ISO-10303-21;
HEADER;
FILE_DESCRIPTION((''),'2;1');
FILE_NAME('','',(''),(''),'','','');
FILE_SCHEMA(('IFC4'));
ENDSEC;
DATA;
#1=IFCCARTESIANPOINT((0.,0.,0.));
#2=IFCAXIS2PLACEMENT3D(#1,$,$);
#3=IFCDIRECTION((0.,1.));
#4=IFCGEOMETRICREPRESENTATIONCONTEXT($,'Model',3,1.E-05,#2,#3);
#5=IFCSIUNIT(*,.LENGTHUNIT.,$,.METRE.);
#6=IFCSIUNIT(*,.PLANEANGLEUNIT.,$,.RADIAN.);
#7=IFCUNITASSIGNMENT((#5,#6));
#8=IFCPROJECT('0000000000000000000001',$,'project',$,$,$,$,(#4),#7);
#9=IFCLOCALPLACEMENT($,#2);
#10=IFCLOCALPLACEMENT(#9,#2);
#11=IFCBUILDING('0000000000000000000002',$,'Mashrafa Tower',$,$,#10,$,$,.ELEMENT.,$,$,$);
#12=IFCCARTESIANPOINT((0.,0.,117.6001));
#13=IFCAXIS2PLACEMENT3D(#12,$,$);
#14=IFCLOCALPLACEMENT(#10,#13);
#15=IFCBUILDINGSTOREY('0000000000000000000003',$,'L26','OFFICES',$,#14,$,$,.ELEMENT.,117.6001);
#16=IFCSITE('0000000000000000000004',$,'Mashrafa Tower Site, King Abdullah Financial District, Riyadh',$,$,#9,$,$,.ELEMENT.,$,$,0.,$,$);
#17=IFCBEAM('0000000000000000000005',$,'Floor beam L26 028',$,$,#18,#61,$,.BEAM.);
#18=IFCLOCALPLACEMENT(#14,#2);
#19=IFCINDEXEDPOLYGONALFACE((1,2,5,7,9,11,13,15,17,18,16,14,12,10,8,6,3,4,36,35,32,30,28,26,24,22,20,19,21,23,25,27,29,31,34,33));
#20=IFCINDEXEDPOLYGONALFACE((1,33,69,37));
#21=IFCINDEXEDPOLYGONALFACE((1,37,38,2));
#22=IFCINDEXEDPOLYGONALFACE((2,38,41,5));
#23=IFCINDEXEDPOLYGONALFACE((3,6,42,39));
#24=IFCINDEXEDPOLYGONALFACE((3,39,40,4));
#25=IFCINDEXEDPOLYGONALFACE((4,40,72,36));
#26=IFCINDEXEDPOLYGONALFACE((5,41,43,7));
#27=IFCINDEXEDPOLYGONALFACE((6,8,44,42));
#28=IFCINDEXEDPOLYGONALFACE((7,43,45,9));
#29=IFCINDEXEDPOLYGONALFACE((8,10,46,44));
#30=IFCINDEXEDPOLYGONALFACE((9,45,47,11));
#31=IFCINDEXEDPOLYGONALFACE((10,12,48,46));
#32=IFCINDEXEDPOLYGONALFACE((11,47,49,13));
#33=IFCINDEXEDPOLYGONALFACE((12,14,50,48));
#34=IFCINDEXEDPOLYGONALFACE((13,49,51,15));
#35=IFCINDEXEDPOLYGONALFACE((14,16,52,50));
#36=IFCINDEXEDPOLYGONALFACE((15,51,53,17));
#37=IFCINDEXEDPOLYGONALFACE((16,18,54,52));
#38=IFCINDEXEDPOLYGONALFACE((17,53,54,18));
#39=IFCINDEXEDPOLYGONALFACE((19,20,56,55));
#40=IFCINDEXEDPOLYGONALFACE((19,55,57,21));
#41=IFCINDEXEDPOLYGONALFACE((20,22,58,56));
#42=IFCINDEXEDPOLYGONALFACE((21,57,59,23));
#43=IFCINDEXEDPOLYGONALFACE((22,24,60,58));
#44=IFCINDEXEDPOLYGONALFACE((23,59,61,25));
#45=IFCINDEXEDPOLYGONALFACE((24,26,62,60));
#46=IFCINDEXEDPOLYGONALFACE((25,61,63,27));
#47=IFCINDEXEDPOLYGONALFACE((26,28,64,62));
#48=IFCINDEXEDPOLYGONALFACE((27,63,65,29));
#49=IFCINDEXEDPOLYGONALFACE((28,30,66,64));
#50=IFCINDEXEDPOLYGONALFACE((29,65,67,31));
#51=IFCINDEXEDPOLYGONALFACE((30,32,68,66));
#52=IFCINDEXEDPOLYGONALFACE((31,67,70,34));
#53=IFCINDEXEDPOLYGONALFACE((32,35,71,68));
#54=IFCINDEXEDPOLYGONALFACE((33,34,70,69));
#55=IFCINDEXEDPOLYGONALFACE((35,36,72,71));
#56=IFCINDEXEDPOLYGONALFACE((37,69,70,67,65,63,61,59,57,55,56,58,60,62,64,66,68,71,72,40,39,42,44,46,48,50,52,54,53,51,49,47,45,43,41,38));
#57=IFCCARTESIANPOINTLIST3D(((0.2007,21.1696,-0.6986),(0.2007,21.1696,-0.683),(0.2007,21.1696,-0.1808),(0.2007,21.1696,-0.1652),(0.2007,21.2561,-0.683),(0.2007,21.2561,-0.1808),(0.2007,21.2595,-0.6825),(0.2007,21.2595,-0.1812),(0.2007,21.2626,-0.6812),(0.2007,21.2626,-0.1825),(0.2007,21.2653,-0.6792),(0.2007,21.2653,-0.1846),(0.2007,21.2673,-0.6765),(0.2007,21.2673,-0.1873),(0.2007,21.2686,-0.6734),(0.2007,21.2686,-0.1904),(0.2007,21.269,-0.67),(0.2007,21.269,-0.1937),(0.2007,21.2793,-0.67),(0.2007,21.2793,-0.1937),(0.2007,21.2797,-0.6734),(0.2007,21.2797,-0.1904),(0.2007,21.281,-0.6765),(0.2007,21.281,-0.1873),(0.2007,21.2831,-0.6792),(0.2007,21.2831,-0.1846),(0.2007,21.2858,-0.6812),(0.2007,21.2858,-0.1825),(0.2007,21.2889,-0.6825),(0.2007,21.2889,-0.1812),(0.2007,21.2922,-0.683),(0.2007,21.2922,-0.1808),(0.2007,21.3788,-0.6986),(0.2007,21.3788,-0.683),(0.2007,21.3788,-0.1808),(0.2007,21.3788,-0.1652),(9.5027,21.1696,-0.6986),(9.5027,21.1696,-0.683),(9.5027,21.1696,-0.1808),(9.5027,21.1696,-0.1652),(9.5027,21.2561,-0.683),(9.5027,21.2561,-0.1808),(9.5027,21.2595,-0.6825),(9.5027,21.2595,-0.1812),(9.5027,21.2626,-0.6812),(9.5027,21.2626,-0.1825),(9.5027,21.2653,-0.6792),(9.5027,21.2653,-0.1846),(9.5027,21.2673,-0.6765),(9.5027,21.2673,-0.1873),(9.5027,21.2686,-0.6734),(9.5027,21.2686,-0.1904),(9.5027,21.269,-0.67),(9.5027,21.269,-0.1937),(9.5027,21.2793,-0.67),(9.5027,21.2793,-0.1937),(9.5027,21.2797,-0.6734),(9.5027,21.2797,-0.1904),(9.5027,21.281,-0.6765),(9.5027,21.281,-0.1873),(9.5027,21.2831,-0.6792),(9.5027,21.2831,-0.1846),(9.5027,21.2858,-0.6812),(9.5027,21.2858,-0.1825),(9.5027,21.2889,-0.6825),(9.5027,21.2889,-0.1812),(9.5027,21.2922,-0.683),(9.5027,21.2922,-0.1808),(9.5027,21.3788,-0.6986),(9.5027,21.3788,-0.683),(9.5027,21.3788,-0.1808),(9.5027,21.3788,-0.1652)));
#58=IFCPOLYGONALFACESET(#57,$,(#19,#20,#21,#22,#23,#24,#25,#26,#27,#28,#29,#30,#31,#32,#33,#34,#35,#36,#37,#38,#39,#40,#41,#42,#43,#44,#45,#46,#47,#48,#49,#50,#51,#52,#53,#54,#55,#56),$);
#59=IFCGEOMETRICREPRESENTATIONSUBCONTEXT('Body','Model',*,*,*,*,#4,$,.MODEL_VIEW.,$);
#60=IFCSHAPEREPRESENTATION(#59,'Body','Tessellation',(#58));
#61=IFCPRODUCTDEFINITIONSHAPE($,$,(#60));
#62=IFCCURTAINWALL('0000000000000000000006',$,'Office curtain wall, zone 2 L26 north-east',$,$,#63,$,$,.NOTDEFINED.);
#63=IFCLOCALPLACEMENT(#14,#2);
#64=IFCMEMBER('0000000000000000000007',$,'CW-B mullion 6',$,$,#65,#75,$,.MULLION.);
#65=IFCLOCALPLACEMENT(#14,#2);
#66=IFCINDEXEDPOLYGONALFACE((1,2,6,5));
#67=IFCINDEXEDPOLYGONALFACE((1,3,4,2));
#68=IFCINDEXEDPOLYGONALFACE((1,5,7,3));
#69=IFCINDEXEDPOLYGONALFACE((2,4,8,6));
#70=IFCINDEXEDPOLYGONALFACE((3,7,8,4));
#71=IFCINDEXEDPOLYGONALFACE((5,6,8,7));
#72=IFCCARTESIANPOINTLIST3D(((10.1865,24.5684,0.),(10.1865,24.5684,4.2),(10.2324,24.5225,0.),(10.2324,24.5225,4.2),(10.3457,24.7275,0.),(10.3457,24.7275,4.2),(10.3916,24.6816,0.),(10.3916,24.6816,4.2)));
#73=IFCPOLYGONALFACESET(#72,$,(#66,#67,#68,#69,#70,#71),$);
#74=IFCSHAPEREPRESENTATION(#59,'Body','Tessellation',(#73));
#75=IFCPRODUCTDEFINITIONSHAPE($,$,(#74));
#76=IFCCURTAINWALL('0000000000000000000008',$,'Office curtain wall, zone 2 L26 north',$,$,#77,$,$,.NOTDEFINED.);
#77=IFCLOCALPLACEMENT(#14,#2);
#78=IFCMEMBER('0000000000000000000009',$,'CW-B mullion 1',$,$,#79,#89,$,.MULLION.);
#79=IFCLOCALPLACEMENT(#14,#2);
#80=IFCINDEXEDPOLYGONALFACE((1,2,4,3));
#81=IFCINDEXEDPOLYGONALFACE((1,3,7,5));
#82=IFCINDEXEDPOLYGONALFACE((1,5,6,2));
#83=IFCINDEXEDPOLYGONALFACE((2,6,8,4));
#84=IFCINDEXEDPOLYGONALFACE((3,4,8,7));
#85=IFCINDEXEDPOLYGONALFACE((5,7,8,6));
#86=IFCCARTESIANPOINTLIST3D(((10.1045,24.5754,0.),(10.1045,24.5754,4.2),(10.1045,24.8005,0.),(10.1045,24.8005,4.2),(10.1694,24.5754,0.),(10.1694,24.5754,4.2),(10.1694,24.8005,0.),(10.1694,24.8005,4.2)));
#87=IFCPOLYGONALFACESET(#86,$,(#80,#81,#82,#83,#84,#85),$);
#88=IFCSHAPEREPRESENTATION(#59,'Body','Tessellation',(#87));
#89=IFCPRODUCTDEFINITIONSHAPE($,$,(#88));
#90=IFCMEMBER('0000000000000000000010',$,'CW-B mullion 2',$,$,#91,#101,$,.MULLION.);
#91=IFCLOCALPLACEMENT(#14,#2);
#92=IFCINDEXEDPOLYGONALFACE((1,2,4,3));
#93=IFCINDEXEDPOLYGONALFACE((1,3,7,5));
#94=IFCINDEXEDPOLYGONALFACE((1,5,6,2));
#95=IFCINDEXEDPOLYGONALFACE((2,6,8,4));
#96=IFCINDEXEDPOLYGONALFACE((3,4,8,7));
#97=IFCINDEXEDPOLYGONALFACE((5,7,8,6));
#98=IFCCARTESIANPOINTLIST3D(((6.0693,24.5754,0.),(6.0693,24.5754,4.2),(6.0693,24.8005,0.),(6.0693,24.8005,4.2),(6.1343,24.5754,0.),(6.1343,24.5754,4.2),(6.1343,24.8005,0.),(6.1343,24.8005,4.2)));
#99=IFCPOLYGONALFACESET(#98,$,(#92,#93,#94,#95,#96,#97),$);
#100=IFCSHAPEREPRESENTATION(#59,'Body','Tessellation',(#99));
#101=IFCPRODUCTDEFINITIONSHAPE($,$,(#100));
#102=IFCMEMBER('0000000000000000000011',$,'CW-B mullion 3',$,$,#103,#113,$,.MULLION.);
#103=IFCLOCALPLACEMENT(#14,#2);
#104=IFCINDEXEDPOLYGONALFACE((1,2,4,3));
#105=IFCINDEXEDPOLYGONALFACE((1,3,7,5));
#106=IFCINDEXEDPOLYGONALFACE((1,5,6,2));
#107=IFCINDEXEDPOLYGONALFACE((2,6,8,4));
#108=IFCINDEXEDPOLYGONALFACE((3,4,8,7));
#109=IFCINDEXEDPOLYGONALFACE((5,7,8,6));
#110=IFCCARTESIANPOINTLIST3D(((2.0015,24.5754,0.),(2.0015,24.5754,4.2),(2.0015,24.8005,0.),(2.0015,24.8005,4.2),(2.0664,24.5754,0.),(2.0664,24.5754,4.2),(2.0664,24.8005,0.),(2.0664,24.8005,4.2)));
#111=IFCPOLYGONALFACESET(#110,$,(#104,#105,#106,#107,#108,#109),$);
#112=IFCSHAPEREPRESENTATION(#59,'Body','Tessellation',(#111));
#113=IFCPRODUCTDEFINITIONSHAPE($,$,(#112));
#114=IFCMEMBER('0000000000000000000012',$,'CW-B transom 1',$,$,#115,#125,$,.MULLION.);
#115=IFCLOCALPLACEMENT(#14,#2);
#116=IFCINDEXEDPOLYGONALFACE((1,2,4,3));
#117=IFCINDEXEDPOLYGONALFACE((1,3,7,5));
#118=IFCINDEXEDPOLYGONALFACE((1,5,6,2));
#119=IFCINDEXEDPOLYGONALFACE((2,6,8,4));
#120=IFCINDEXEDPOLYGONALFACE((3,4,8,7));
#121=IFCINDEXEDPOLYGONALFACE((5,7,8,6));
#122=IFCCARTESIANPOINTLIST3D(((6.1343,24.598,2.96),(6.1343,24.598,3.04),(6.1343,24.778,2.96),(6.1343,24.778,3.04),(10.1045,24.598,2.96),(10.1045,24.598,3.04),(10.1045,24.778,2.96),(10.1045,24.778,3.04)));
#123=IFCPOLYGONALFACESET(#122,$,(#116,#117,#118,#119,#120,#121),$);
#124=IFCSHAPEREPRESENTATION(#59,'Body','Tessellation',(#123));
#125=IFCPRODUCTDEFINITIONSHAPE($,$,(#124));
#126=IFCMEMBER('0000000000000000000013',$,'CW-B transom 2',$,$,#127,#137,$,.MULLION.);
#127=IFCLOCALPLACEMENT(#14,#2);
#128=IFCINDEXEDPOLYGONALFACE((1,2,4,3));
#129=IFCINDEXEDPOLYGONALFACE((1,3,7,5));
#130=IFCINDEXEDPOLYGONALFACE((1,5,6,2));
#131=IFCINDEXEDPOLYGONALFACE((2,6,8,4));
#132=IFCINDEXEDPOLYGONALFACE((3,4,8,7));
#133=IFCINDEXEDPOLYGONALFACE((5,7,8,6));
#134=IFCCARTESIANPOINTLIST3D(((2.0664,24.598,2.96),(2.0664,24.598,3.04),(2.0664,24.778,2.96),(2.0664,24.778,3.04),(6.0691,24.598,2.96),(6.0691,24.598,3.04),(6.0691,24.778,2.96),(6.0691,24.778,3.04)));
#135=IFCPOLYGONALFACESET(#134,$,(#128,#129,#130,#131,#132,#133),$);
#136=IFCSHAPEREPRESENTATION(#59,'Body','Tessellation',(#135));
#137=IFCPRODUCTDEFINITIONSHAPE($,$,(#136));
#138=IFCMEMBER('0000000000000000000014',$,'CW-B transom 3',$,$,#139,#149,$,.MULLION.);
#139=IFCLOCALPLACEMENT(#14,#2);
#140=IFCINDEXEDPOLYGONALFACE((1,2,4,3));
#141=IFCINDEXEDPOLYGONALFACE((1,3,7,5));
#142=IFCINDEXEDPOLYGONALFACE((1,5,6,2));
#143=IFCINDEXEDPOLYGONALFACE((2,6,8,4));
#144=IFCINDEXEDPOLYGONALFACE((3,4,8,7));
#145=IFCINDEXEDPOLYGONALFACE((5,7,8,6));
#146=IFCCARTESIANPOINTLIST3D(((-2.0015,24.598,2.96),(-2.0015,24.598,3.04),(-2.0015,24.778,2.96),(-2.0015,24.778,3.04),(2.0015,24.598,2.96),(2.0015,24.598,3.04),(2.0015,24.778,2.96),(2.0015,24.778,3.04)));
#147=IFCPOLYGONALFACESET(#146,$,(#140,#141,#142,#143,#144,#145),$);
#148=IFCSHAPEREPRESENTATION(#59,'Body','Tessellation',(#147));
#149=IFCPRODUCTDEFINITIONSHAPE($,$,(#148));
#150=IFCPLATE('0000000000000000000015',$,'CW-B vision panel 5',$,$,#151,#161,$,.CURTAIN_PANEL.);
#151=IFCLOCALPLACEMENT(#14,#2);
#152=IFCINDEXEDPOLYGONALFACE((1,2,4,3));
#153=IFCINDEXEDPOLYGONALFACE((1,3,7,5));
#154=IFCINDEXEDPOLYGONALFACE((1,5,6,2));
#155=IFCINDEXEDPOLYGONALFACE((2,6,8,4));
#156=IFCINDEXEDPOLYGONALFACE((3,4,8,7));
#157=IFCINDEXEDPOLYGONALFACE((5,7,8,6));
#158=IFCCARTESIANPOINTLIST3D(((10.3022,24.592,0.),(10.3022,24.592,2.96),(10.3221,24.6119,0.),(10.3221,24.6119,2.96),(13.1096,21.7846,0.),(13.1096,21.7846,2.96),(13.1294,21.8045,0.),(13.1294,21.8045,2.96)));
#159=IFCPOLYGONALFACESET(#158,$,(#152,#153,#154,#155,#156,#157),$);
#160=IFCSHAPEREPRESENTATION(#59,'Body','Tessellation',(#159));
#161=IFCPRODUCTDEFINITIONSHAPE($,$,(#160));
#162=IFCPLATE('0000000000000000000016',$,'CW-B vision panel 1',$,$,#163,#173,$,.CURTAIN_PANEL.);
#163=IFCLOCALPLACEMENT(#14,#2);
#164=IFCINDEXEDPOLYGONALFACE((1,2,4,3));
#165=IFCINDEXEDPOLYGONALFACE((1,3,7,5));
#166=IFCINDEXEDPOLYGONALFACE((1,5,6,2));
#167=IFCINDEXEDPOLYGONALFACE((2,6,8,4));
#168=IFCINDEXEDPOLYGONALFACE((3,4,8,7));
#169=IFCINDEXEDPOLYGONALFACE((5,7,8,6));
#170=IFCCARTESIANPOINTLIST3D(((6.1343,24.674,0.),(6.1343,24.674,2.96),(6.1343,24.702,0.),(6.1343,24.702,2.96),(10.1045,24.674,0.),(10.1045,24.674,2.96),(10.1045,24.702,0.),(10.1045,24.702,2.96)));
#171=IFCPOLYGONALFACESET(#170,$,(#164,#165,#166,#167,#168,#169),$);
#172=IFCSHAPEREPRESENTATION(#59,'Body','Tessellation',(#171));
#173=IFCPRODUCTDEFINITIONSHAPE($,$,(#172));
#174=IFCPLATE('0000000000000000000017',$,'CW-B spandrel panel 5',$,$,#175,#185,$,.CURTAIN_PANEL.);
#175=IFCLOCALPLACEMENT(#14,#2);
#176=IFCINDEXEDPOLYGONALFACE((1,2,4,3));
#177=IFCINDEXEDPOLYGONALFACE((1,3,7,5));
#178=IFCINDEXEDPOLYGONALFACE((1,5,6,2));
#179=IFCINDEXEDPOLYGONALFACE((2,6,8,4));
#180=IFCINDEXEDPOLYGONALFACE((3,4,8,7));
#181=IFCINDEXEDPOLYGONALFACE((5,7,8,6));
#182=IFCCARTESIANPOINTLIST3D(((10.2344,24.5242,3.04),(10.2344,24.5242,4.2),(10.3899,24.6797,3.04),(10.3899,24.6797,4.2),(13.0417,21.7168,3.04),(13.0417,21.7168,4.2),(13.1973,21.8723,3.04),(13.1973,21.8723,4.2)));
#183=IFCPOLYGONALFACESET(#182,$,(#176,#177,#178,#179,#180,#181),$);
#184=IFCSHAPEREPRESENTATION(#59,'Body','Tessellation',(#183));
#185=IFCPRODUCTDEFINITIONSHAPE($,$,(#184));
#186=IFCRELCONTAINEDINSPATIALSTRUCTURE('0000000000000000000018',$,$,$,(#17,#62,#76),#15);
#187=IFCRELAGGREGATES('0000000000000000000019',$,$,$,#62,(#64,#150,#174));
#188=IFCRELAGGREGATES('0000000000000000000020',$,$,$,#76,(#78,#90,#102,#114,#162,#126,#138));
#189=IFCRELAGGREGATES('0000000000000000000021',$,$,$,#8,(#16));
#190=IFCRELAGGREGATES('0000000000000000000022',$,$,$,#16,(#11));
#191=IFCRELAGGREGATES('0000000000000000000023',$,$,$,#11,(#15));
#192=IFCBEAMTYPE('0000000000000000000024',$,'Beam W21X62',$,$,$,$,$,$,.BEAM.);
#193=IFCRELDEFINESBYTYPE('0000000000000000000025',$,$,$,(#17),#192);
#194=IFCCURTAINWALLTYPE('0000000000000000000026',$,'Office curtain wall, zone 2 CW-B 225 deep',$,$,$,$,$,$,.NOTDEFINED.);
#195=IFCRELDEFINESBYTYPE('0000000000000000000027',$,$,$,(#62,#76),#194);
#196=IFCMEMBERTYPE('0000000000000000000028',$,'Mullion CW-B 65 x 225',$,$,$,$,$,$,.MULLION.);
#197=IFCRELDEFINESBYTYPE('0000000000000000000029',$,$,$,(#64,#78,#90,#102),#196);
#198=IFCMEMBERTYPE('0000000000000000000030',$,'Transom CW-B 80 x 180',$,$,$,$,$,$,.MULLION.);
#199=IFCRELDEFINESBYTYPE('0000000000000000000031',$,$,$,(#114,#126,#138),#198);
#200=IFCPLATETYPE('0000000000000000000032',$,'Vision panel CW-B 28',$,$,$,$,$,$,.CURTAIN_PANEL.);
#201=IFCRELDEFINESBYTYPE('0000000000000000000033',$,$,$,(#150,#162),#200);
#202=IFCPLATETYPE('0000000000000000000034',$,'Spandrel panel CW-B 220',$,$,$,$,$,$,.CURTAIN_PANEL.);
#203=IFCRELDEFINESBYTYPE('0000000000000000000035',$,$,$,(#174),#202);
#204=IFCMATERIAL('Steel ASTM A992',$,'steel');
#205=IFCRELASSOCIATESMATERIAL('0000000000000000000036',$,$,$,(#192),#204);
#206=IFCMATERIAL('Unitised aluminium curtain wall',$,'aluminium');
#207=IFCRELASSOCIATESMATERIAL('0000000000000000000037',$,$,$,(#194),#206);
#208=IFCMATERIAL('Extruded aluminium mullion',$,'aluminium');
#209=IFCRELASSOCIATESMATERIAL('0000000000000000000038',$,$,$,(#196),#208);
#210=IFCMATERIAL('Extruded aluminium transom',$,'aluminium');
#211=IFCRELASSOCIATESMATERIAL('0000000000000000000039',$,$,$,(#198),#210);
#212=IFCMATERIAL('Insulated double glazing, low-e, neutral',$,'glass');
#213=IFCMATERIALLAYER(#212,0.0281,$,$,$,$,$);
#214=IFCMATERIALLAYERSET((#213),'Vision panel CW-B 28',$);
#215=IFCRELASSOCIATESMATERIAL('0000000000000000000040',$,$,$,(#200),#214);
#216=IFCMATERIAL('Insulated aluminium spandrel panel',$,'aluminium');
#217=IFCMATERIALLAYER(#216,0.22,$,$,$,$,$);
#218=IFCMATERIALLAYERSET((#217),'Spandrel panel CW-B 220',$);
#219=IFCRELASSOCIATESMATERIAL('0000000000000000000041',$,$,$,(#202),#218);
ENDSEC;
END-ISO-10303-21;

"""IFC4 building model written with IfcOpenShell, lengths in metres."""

from ifc_helpers import new_model, si_unit, direction, frame, origin, origin_2d, place, context, subcontext, project, spatial, rectangle, i_section, extrude, source, transform, mapped, material, layer, layer_set, material_profile, profile_set, type_object, type_shapes, element, aggregate, save


model = new_model("IFC4")

# Units and contexts
model_context = context("Model", 3, precision=1e-05, world=origin(), true_north=direction((0.0, 1.0)))
body_context = subcontext(model_context, "Body", "Model", "MODEL_VIEW")
ifc_project = project(units=[si_unit("LENGTHUNIT", "METRE"), si_unit("PLANEANGLEUNIT", "RADIAN")], contexts=[model_context])

# Site, building, storey
site_placement = place(None, origin())
site = spatial("IfcSite", under=ifc_project, at=site_placement, Name="Mashrafa Tower Site, King Abdullah Financial District, Riyadh", CompositionType="ELEMENT", RefElevation=0.0)
building_placement = place(site_placement, origin())
building = spatial("IfcBuilding", under=site, at=building_placement, Name="Mashrafa Tower", CompositionType="ELEMENT")
storey_placement = place(building_placement, frame((0.0, 0.0, 117.6001)))
storey = spatial("IfcBuildingStorey", under=building, at=storey_placement, Name="L26", Description="OFFICES", CompositionType="ELEMENT", Elevation=117.6001)

# Beam
ifc_material_1 = material(Name="Steel ASTM A992", Category="steel")
ifc_material_profile_1 = material_profile(ifc_material_1, i_section(OverallWidth=0.2092, OverallDepth=0.5334, WebThickness=0.0103, FlangeThickness=0.0156, FilletRadius=0.0129, at=origin_2d()), Name="W21X62")
ifc_profile_set_1 = profile_set([ifc_material_profile_1], Name="Steel ASTM A992")
beam_type_1 = type_object("IfcBeamType", Name="Beam W21X62", PredefinedType="BEAM", material=ifc_profile_set_1)
beam_1_placement = place(storey_placement, frame((0.2007, 21.2742, -0.4319), z_axis=(1.0, 0.0, 0.0), x_axis=(0.0, 1.0, 0.0)))
element("IfcBeam", 1, at=beam_1_placement, inside=storey, type_object=beam_type_1, Name="Floor beam L26 028", PredefinedType="BEAM", context=body_context, shape_type="SweptSolid", body=[
    extrude(i_section(OverallWidth=0.2092, OverallDepth=0.5334, WebThickness=0.0103, FlangeThickness=0.0156, FilletRadius=0.0129, at=origin_2d()), origin(), (0.0, 0.0, 1.0), 9.302),
])

# Curtain wall, member
ifc_material_2 = material(Name="Unitised aluminium curtain wall", Category="aluminium")
curtain_wall_type = type_object("IfcCurtainWallType", Name="Office curtain wall, zone 2 CW-B 225 deep", PredefinedType="NOTDEFINED", material=ifc_material_2)
curtain_wall_1_placement = place(storey_placement, origin())
curtain_wall_1 = element("IfcCurtainWall", 2, at=curtain_wall_1_placement, inside=storey, type_object=curtain_wall_type, Name="Office curtain wall, zone 2 L26 north-east", PredefinedType="NOTDEFINED")
ifc_material_3 = material(Name="Extruded aluminium mullion", Category="aluminium")
ifc_material_profile_2 = material_profile(ifc_material_3, rectangle(XDim=0.2251, YDim=0.0649, at=origin_2d()), Name="Mullion 65x225")
ifc_profile_set_2 = profile_set([ifc_material_profile_2], Name="Extruded aluminium mullion")
member_type_1 = type_object("IfcMemberType", Name="Mullion CW-B 65 x 225", PredefinedType="MULLION", material=ifc_profile_set_2)
shared_shape_1 = source(origin(), body_context, "Body", "SweptSolid", [
    extrude(rectangle(XDim=0.2251, YDim=0.0649, at=origin_2d()), origin(), (0.0, 0.0, 1.0), 4.2),
])
type_shapes(member_type_1, [shared_shape_1])
member_1_placement = place(storey_placement, frame((10.2891, 24.625, 0.0), z_axis=(0.0, 0.0, 1.0), x_axis=(-0.707107, -0.707107, 0.0)))
member_1 = element("IfcMember", 3, at=member_1_placement, type_object=member_type_1, Name="CW-B mullion 6", PredefinedType="MULLION", context=body_context, shape_type="MappedRepresentation", body=[
    mapped(shared_shape_1, transform((0.0, 0.0, 0.0))),
])

# Curtain wall, members
curtain_wall_2_placement = place(storey_placement, origin())
curtain_wall_2 = element("IfcCurtainWall", 4, at=curtain_wall_2_placement, inside=storey, type_object=curtain_wall_type, Name="Office curtain wall, zone 2 L26 north", PredefinedType="NOTDEFINED")
member_2_placement = place(storey_placement, frame((10.137, 24.688, 0.0), z_axis=(0.0, 0.0, 1.0), x_axis=(0.0, -1.0, 0.0)))
member_2 = element("IfcMember", 5, at=member_2_placement, type_object=member_type_1, Name="CW-B mullion 1", PredefinedType="MULLION", context=body_context, shape_type="MappedRepresentation", body=[
    mapped(shared_shape_1, transform((0.0, 0.0, 0.0))),
])
member_3_placement = place(storey_placement, frame((6.1018, 24.688, 0.0), z_axis=(0.0, 0.0, 1.0), x_axis=(0.0, -1.0, 0.0)))
member_3 = element("IfcMember", 6, at=member_3_placement, type_object=member_type_1, Name="CW-B mullion 2", PredefinedType="MULLION", context=body_context, shape_type="MappedRepresentation", body=[
    mapped(shared_shape_1, transform((0.0, 0.0, 0.0))),
])
member_4_placement = place(storey_placement, frame((2.0339, 24.688, 0.0), z_axis=(0.0, 0.0, 1.0), x_axis=(0.0, -1.0, 0.0)))
member_4 = element("IfcMember", 7, at=member_4_placement, type_object=member_type_1, Name="CW-B mullion 3", PredefinedType="MULLION", context=body_context, shape_type="MappedRepresentation", body=[
    mapped(shared_shape_1, transform((0.0, 0.0, 0.0))),
])
ifc_material_4 = material(Name="Extruded aluminium transom", Category="aluminium")
ifc_material_profile_3 = material_profile(ifc_material_4, rectangle(XDim=0.1799, YDim=0.0801, at=origin_2d()), Name="Transom 80x180")
ifc_profile_set_3 = profile_set([ifc_material_profile_3], Name="Extruded aluminium transom")
member_type_2 = type_object("IfcMemberType", Name="Transom CW-B 80 x 180", PredefinedType="MULLION", material=ifc_profile_set_3)
shared_shape_2 = source(origin(), body_context, "Body", "SweptSolid", [
    extrude(rectangle(XDim=0.1799, YDim=0.0801, at=origin_2d()), origin(), (0.0, 0.0, 1.0), 3.9702),
])
member_5_placement = place(storey_placement, frame((10.1045, 24.688, 3.0), z_axis=(-1.0, 0.0, 0.0), x_axis=(0.0, -1.0, 0.0)))
member_5 = element("IfcMember", 8, at=member_5_placement, type_object=member_type_2, Name="CW-B transom 1", PredefinedType="MULLION", context=body_context, shape_type="MappedRepresentation", body=[
    mapped(shared_shape_2, transform((0.0, 0.0, 0.0))),
])
shared_shape_3 = source(origin(), body_context, "Body", "SweptSolid", [
    extrude(rectangle(XDim=0.1799, YDim=0.0801, at=origin_2d()), origin(), (0.0, 0.0, 1.0), 4.0027),
])
member_6_placement = place(storey_placement, frame((6.0691, 24.688, 3.0), z_axis=(-1.0, 0.0, 0.0), x_axis=(0.0, -1.0, 0.0)))
member_6 = element("IfcMember", 9, at=member_6_placement, type_object=member_type_2, Name="CW-B transom 2", PredefinedType="MULLION", context=body_context, shape_type="MappedRepresentation", body=[
    mapped(shared_shape_3, transform((0.0, 0.0, 0.0))),
])
shared_shape_4 = source(origin(), body_context, "Body", "SweptSolid", [
    extrude(rectangle(XDim=0.1799, YDim=0.0801, at=origin_2d()), origin(), (0.0, 0.0, 1.0), 4.0029),
])
type_shapes(member_type_2, [shared_shape_2, shared_shape_3, shared_shape_4])
member_7_placement = place(storey_placement, frame((2.0015, 24.688, 3.0), z_axis=(-1.0, 0.0, 0.0), x_axis=(0.0, -1.0, 0.0)))
member_7 = element("IfcMember", 10, at=member_7_placement, type_object=member_type_2, Name="CW-B transom 3", PredefinedType="MULLION", context=body_context, shape_type="MappedRepresentation", body=[
    mapped(shared_shape_4, transform((0.0, 0.0, 0.0))),
])

# Plates
ifc_material_5 = material(Name="Insulated double glazing, low-e, neutral", Category="glass")
ifc_layer_1 = layer(ifc_material_5, 0.0281)
ifc_layer_set_1 = layer_set([ifc_layer_1], Name="Vision panel CW-B 28")
plate_type_1 = type_object("IfcPlateType", Name="Vision panel CW-B 28", PredefinedType="CURTAIN_PANEL", material=ifc_layer_set_1)
shared_shape_5 = source(origin(), body_context, "Body", "SweptSolid", [
    extrude(rectangle(XDim=3.9702, YDim=0.0281, at=origin_2d()), origin(), (0.0, 0.0, 1.0), 2.96),
])
plate_1_placement = place(storey_placement, frame((11.7158, 23.1982, 0.0), z_axis=(0.0, 0.0, 1.0), x_axis=(-0.707107, 0.707107, 0.0)))
plate_1 = element("IfcPlate", 11, at=plate_1_placement, type_object=plate_type_1, Name="CW-B vision panel 5", PredefinedType="CURTAIN_PANEL", context=body_context, shape_type="MappedRepresentation", body=[
    mapped(shared_shape_5, transform((0.0, 0.0, 0.0))),
])
plate_2_placement = place(storey_placement, frame((8.1194, 24.688, 0.0), z_axis=(0.0, 0.0, 1.0), x_axis=(-1.0, 0.0, 0.0)))
plate_2 = element("IfcPlate", 12, at=plate_2_placement, type_object=plate_type_1, Name="CW-B vision panel 1", PredefinedType="CURTAIN_PANEL", context=body_context, shape_type="MappedRepresentation", body=[
    mapped(shared_shape_5, transform((0.0, 0.0, 0.0))),
])
ifc_material_6 = material(Name="Insulated aluminium spandrel panel", Category="aluminium")
ifc_layer_2 = layer(ifc_material_6, 0.22)
ifc_layer_set_2 = layer_set([ifc_layer_2], Name="Spandrel panel CW-B 220")
plate_type_2 = type_object("IfcPlateType", Name="Spandrel panel CW-B 220", PredefinedType="CURTAIN_PANEL", material=ifc_layer_set_2)
shared_shape_6 = source(origin(), body_context, "Body", "SweptSolid", [
    extrude(rectangle(XDim=3.9702, YDim=0.22, at=origin_2d()), origin(), (0.0, 0.0, 1.0), 1.1599),
])
plate_3_placement = place(storey_placement, frame((11.7158, 23.1982, 3.04), z_axis=(0.0, 0.0, 1.0), x_axis=(-0.707107, 0.707107, 0.0)))
plate_3 = element("IfcPlate", 13, at=plate_3_placement, type_object=plate_type_2, Name="CW-B spandrel panel 5", PredefinedType="CURTAIN_PANEL", context=body_context, shape_type="MappedRepresentation", body=[
    mapped(shared_shape_6, transform((0.0, 0.0, 0.0))),
])
aggregate(curtain_wall_1, [member_1, plate_1, plate_3])
aggregate(curtain_wall_2, [member_2, member_3, member_4, member_5, plate_2, member_6, member_7])

save(model, "model.ifc")
